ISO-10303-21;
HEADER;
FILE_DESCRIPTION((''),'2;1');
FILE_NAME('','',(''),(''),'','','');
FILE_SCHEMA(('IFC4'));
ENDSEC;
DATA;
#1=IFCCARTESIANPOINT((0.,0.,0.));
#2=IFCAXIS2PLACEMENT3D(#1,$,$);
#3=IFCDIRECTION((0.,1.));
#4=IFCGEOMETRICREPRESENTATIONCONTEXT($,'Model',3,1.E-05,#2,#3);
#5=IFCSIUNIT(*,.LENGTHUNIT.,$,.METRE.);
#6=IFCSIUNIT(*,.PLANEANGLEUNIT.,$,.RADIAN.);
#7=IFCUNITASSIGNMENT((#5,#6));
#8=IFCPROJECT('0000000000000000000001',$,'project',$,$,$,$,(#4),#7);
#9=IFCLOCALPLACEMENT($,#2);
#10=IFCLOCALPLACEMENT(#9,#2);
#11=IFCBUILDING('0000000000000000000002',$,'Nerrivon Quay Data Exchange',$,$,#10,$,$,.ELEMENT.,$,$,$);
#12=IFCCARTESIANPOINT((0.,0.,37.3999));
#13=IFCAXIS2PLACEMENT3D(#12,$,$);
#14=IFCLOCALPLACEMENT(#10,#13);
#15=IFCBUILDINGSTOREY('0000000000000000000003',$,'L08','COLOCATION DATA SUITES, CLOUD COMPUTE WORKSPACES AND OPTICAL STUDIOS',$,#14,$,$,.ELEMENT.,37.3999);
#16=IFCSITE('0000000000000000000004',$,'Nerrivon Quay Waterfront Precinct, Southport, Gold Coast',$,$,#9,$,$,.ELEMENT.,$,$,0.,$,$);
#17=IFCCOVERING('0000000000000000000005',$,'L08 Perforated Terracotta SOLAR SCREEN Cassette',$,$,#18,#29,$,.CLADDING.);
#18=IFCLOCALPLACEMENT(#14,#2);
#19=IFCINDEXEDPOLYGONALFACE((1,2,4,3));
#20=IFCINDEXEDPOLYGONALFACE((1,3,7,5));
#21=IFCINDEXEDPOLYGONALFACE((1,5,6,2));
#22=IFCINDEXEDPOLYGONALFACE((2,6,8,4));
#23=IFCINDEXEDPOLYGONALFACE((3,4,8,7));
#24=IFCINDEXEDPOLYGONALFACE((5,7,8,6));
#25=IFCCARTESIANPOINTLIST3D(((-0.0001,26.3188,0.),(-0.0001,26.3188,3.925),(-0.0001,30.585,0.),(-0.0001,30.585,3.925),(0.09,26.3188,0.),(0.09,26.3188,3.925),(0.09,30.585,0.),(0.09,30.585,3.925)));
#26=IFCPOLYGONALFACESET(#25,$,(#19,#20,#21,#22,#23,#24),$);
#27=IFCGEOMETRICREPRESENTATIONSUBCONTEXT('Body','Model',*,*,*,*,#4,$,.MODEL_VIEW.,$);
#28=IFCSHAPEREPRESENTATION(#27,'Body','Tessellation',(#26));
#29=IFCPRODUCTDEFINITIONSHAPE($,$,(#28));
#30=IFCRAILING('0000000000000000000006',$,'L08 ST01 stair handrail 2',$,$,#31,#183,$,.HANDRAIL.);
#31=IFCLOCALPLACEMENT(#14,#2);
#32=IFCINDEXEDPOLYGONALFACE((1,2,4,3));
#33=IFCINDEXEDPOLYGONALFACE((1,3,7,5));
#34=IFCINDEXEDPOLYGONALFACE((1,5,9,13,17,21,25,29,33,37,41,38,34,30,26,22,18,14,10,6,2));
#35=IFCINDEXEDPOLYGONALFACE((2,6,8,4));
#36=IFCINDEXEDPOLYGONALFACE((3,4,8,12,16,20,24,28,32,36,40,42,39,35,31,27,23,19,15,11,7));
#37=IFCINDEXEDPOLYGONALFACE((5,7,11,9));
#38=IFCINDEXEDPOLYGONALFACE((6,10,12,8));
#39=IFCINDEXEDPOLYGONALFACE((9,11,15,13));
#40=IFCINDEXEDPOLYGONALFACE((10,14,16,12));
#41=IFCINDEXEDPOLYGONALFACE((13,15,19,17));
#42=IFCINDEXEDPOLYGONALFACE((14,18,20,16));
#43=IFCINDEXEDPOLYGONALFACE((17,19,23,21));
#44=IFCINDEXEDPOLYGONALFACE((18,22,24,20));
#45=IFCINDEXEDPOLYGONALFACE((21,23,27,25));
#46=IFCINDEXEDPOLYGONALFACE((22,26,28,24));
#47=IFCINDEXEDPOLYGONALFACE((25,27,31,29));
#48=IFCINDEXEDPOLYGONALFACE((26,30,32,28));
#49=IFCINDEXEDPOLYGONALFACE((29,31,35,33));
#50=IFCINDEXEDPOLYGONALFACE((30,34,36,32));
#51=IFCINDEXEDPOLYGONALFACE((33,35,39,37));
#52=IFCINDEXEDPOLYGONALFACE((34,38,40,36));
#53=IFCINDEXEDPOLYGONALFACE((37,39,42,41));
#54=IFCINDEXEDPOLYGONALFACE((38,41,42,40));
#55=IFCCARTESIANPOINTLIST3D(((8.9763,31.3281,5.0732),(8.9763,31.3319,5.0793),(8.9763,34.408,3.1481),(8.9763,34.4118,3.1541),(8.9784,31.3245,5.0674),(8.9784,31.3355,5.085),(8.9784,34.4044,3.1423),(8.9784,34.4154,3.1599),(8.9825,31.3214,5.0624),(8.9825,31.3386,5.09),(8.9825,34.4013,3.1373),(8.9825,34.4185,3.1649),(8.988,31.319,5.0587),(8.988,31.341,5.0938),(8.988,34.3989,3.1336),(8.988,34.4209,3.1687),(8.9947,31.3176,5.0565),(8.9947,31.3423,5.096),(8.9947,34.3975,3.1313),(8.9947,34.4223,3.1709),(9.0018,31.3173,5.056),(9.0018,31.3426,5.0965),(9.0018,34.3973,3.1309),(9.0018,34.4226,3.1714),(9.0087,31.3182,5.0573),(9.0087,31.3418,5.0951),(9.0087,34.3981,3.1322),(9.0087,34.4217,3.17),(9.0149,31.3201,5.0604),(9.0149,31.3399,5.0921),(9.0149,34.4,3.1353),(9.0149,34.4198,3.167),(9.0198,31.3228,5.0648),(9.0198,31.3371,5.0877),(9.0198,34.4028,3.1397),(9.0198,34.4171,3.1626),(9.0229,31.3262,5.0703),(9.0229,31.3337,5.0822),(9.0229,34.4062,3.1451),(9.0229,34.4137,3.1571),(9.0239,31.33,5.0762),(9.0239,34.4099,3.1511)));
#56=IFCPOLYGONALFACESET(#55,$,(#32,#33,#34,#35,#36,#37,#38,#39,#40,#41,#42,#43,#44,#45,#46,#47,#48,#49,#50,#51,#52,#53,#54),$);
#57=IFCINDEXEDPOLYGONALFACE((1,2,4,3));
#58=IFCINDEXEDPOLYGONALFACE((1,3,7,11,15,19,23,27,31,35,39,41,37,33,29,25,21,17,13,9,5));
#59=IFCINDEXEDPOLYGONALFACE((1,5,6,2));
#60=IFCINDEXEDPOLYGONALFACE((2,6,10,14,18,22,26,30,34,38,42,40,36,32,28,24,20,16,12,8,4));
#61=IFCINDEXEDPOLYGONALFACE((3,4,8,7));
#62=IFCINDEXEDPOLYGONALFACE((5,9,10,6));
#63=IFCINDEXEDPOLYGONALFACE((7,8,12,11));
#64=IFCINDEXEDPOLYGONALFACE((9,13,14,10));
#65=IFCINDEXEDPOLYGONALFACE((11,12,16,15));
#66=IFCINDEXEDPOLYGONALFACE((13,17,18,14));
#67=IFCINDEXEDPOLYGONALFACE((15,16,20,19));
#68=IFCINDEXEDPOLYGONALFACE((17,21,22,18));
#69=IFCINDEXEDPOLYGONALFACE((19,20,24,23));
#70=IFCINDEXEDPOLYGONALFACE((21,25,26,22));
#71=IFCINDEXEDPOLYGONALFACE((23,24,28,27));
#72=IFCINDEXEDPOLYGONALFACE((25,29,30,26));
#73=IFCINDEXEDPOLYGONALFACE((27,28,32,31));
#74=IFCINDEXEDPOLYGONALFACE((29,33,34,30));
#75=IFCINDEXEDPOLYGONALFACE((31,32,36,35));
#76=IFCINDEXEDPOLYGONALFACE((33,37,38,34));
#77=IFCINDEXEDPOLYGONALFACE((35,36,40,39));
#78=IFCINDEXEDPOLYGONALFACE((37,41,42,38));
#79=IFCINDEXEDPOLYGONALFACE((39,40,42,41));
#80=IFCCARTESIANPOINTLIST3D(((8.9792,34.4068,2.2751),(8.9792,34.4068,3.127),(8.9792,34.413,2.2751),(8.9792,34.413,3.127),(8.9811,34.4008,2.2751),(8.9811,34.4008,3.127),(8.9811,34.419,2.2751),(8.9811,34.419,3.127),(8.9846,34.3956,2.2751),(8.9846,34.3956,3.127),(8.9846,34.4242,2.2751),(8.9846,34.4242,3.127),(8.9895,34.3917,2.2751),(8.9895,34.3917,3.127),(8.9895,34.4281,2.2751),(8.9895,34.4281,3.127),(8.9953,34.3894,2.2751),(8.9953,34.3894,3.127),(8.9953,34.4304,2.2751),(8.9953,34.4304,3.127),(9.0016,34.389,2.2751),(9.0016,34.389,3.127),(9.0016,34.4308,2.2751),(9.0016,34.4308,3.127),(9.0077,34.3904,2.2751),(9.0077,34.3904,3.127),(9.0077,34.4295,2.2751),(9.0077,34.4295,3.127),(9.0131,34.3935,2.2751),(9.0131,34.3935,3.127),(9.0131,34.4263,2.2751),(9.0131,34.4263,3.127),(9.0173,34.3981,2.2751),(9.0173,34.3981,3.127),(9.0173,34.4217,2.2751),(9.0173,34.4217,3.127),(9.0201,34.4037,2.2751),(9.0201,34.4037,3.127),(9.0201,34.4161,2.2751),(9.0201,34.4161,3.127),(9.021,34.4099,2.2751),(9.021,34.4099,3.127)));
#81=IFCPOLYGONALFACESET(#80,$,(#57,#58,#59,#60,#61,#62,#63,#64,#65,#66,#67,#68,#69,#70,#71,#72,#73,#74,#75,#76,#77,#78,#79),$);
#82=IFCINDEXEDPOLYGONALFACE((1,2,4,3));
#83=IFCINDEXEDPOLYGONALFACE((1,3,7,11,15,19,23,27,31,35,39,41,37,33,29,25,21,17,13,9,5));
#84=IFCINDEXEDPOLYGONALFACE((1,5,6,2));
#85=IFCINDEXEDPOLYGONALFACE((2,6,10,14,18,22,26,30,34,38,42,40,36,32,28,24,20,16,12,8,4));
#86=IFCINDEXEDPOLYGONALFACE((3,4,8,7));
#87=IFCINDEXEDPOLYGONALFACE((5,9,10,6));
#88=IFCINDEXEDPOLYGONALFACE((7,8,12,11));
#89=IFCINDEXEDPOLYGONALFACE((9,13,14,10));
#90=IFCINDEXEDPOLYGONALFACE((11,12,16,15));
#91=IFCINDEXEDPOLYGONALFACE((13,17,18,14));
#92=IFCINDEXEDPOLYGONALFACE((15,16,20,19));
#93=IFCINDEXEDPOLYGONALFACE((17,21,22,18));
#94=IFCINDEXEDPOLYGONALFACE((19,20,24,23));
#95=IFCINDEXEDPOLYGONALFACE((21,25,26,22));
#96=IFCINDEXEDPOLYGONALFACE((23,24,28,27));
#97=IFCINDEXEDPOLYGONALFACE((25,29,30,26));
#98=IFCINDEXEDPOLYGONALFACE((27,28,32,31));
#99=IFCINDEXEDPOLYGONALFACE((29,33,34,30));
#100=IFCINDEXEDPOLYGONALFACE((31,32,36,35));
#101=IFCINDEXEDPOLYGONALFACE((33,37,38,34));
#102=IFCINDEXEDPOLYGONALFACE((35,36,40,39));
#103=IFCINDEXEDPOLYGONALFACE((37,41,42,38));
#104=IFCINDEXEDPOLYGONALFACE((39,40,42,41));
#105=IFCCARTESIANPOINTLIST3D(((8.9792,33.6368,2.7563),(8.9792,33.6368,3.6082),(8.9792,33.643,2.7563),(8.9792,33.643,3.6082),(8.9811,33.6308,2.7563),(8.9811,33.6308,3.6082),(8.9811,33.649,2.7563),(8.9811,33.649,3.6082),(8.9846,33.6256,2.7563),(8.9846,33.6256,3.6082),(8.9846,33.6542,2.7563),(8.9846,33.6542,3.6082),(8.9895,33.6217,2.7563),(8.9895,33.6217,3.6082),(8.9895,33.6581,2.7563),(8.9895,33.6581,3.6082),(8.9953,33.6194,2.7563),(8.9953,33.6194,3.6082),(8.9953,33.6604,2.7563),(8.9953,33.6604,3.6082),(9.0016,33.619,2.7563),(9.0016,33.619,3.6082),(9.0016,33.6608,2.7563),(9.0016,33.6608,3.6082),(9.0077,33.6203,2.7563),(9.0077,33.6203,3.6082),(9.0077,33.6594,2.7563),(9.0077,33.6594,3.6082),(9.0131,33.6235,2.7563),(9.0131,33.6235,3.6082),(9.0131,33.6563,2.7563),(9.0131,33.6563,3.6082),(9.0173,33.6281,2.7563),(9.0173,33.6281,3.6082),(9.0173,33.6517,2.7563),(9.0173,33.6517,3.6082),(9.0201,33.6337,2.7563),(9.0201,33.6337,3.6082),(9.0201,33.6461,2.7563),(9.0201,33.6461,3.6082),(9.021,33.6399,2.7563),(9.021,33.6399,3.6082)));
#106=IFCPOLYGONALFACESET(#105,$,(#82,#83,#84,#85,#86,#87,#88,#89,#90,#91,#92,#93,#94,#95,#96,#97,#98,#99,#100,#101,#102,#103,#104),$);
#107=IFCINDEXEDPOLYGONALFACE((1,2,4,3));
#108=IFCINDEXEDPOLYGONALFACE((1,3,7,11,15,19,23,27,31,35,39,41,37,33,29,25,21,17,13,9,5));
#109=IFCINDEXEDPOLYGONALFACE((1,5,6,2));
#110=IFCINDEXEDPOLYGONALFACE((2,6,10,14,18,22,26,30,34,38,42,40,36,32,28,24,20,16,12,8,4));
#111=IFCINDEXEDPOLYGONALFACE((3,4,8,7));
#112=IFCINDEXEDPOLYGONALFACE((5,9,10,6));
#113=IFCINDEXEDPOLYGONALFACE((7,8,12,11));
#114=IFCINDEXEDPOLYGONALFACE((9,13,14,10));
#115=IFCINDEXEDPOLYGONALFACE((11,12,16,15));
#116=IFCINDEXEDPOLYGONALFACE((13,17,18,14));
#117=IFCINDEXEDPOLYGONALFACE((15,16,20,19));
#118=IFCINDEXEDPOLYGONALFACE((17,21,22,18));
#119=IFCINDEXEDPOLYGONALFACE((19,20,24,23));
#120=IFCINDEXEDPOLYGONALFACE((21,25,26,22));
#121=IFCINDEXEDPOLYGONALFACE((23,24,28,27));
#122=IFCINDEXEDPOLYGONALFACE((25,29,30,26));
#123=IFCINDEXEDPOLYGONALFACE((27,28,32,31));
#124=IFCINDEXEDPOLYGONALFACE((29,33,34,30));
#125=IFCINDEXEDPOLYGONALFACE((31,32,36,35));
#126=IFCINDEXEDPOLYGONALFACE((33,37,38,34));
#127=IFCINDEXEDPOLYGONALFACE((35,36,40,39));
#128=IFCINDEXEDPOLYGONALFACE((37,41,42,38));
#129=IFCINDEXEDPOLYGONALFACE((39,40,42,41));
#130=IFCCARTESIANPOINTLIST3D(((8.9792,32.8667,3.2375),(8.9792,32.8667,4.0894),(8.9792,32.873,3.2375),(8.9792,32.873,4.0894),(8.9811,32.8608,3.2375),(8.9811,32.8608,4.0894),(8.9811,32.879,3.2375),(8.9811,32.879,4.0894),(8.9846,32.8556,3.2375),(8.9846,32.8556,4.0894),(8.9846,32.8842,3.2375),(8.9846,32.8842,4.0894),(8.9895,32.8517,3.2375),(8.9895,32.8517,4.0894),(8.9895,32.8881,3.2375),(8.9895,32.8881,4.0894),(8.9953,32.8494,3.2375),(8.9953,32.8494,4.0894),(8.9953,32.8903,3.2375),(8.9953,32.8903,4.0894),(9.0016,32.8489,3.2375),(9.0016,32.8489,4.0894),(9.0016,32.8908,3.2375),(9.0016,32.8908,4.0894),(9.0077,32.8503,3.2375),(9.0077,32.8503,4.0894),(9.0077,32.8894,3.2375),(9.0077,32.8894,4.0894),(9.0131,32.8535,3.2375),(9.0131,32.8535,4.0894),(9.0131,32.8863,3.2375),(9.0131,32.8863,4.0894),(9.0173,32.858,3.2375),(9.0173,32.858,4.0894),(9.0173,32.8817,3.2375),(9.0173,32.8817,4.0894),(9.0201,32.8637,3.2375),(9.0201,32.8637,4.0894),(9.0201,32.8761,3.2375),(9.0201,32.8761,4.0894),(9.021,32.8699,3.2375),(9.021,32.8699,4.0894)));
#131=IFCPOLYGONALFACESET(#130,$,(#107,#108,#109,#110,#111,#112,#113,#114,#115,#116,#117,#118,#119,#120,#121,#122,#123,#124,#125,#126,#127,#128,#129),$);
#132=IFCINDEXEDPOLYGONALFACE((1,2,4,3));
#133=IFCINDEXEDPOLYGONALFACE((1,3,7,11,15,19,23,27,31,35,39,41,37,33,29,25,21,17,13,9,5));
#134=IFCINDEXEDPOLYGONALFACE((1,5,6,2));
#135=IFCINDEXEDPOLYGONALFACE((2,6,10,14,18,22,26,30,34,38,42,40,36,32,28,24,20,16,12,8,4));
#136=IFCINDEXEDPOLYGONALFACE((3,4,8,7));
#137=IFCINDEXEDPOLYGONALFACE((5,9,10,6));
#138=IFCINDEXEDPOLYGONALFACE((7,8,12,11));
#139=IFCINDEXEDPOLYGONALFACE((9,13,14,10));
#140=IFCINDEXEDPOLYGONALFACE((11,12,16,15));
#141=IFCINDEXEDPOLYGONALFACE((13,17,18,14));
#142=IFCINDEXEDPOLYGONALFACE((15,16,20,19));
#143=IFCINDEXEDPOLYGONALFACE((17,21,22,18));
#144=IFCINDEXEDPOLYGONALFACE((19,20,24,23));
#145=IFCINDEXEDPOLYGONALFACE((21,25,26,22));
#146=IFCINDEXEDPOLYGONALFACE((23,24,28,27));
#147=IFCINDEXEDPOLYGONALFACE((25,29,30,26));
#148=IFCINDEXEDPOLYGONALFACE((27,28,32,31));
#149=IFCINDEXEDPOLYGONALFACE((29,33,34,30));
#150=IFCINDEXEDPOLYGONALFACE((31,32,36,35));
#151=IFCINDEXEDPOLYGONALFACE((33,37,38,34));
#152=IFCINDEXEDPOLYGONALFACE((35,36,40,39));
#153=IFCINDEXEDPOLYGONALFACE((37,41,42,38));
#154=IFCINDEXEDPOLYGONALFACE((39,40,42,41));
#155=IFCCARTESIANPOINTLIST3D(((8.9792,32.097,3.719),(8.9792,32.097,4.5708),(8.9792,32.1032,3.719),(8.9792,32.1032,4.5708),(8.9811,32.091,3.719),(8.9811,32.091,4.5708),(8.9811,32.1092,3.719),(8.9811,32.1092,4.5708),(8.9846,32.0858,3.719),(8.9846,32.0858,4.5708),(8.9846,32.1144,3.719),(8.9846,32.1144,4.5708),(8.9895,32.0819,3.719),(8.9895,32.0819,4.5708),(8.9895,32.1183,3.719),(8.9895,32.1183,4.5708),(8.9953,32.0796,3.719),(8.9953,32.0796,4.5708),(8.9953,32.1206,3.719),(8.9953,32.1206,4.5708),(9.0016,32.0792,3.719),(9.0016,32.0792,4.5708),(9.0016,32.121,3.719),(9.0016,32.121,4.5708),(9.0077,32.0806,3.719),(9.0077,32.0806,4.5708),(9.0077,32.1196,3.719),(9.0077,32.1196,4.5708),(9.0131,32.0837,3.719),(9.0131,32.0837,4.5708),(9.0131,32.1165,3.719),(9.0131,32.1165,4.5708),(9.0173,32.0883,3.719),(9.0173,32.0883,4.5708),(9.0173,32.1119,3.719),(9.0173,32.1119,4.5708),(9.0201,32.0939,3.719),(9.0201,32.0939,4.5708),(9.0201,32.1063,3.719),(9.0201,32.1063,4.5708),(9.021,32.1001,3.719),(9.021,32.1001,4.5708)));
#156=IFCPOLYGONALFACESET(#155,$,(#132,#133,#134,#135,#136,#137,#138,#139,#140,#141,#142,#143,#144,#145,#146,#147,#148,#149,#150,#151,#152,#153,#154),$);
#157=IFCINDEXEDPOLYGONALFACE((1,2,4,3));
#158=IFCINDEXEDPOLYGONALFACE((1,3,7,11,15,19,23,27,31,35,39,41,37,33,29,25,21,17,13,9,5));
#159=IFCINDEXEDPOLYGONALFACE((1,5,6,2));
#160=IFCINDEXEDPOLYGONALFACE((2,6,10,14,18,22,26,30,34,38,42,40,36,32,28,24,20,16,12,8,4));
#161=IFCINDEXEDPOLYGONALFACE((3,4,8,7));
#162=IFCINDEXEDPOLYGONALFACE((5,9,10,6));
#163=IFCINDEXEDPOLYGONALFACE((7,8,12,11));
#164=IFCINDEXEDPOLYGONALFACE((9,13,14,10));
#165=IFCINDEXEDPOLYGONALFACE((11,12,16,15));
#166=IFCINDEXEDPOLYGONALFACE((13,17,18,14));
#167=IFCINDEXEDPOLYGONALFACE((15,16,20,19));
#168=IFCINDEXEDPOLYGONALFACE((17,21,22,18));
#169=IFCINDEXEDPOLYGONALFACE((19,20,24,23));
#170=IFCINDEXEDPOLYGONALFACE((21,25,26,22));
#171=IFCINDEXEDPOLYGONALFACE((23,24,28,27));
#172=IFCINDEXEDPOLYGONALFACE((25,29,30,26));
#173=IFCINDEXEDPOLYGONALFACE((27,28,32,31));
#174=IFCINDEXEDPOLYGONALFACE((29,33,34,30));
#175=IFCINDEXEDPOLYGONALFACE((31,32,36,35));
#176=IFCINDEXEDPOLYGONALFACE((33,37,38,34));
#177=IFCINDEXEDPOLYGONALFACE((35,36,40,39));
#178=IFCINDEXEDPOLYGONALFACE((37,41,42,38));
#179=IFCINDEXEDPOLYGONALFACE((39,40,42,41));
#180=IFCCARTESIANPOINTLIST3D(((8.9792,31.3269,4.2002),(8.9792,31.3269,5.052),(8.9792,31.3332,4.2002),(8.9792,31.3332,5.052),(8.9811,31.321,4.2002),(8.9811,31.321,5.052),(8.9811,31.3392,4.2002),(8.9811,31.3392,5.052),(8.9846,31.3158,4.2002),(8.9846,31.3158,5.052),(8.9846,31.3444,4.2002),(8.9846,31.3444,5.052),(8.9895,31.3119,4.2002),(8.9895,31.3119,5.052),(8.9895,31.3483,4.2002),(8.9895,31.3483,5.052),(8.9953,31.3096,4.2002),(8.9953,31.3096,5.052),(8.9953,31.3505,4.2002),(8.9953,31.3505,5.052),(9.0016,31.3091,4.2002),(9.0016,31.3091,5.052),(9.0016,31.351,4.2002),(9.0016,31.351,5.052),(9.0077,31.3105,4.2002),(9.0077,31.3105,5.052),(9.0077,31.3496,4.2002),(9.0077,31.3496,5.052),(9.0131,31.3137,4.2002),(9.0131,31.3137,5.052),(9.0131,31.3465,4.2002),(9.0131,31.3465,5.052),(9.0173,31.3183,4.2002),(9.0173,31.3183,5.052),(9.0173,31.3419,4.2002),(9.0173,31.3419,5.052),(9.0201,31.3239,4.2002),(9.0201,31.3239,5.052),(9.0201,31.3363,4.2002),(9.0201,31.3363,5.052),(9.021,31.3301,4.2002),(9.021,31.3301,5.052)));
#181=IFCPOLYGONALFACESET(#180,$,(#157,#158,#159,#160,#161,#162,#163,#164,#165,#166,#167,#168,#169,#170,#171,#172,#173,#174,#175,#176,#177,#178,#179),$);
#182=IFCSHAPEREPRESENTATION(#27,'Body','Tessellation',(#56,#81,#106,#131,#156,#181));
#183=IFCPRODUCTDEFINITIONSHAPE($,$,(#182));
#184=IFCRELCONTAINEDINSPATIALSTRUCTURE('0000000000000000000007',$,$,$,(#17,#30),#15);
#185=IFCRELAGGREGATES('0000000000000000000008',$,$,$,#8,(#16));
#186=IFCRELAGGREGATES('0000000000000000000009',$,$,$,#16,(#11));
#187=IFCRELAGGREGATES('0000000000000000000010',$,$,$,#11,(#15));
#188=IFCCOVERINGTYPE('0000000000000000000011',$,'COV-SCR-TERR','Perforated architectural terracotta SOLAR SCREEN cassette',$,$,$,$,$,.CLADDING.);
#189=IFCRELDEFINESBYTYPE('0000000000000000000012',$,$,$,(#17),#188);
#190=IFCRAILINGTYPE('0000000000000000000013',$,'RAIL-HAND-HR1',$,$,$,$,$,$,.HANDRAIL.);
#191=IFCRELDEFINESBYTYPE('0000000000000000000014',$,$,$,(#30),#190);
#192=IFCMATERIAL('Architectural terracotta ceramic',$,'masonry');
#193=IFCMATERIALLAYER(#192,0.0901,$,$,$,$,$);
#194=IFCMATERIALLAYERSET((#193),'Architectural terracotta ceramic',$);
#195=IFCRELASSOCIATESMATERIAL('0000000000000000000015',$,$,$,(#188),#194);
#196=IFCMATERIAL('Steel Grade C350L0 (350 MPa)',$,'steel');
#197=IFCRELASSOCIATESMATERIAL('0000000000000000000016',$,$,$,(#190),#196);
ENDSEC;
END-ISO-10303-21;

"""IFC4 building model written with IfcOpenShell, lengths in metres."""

from ifc_helpers import new_model, si_unit, direction, frame, origin, origin_2d, place, context, subcontext, project, spatial, rectangle, circle, extrude, material, layer, layer_set, type_object, element, save


model = new_model("IFC4")

# Units and contexts
model_context = context("Model", 3, precision=1e-05, world=origin(), true_north=direction((0.0, 1.0)))
body_context = subcontext(model_context, "Body", "Model", "MODEL_VIEW")
ifc_project = project(units=[si_unit("LENGTHUNIT", "METRE"), si_unit("PLANEANGLEUNIT", "RADIAN")], contexts=[model_context])

# Site, building, storey
site_placement = place(None, origin())
site = spatial("IfcSite", under=ifc_project, at=site_placement, Name="Nerrivon Quay Waterfront Precinct, Southport, Gold Coast", CompositionType="ELEMENT", RefElevation=0.0)
building_placement = place(site_placement, origin())
building = spatial("IfcBuilding", under=site, at=building_placement, Name="Nerrivon Quay Data Exchange", CompositionType="ELEMENT")
storey_placement = place(building_placement, frame((0.0, 0.0, 37.3999)))
storey = spatial("IfcBuildingStorey", under=building, at=storey_placement, Name="L08", Description="COLOCATION DATA SUITES, CLOUD COMPUTE WORKSPACES AND OPTICAL STUDIOS", CompositionType="ELEMENT", Elevation=37.3999)

# Covering
ifc_material_1 = material(Name="Architectural terracotta ceramic", Category="masonry")
ifc_layer_1 = layer(ifc_material_1, 0.0901)
ifc_layer_set_1 = layer_set([ifc_layer_1], Name="Architectural terracotta ceramic")
covering_type = type_object("IfcCoveringType", Name="COV-SCR-TERR", Description="Perforated architectural terracotta SOLAR SCREEN cassette", PredefinedType="CLADDING", material=ifc_layer_set_1)
covering_placement = place(storey_placement, frame((0.0449, 28.4519, 0.0), z_axis=(0.0, 0.0, 1.0), x_axis=(0.0, 1.0, 0.0)))
element("IfcCovering", 1, at=covering_placement, inside=storey, type_object=covering_type, Name="L08 Perforated Terracotta SOLAR SCREEN Cassette", PredefinedType="CLADDING", context=body_context, shape_type="SweptSolid", body=[
    extrude(rectangle(XDim=4.2661, YDim=0.0901, at=origin_2d()), origin(), (0.0, 0.0, 1.0), 3.925),
])

# Railing
ifc_material_2 = material(Name="Steel Grade C350L0 (350 MPa)", Category="steel")
railing_type = type_object("IfcRailingType", Name="RAIL-HAND-HR1", PredefinedType="HANDRAIL", material=ifc_material_2)
railing_placement = place(storey_placement, frame((9.0, 34.4099, 2.2751)))
element("IfcRailing", 2, at=railing_placement, inside=storey, type_object=railing_type, Name="L08 ST01 stair handrail 2", PredefinedType="HANDRAIL", context=body_context, shape_type="SweptSolid", body=[
    extrude(circle(Radius=0.0239, at=origin_2d()), frame((0.0, 0.0, 0.876), z_axis=(0.0, -0.847979, 0.530029), x_axis=(1.0, 0.0, 0.0)), (0.0, 0.0, 1.0), 3.6321),
    extrude(circle(Radius=0.021, at=origin_2d()), origin(), (0.0, 0.0, 1.0), 0.8518),
    extrude(circle(Radius=0.021, at=origin_2d()), frame((0.0, -0.77, 0.4812)), (0.0, 0.0, 1.0), 0.8518),
    extrude(circle(Radius=0.021, at=origin_2d()), frame((0.0, -1.54, 0.9624)), (0.0, 0.0, 1.0), 0.8518),
    extrude(circle(Radius=0.021, at=origin_2d()), frame((0.0, -2.3098, 1.4438)), (0.0, 0.0, 1.0), 0.8518),
    extrude(circle(Radius=0.021, at=origin_2d()), frame((0.0, -3.0798, 1.925)), (0.0, 0.0, 1.0), 0.8518),
])

save(model, "model.ifc")
